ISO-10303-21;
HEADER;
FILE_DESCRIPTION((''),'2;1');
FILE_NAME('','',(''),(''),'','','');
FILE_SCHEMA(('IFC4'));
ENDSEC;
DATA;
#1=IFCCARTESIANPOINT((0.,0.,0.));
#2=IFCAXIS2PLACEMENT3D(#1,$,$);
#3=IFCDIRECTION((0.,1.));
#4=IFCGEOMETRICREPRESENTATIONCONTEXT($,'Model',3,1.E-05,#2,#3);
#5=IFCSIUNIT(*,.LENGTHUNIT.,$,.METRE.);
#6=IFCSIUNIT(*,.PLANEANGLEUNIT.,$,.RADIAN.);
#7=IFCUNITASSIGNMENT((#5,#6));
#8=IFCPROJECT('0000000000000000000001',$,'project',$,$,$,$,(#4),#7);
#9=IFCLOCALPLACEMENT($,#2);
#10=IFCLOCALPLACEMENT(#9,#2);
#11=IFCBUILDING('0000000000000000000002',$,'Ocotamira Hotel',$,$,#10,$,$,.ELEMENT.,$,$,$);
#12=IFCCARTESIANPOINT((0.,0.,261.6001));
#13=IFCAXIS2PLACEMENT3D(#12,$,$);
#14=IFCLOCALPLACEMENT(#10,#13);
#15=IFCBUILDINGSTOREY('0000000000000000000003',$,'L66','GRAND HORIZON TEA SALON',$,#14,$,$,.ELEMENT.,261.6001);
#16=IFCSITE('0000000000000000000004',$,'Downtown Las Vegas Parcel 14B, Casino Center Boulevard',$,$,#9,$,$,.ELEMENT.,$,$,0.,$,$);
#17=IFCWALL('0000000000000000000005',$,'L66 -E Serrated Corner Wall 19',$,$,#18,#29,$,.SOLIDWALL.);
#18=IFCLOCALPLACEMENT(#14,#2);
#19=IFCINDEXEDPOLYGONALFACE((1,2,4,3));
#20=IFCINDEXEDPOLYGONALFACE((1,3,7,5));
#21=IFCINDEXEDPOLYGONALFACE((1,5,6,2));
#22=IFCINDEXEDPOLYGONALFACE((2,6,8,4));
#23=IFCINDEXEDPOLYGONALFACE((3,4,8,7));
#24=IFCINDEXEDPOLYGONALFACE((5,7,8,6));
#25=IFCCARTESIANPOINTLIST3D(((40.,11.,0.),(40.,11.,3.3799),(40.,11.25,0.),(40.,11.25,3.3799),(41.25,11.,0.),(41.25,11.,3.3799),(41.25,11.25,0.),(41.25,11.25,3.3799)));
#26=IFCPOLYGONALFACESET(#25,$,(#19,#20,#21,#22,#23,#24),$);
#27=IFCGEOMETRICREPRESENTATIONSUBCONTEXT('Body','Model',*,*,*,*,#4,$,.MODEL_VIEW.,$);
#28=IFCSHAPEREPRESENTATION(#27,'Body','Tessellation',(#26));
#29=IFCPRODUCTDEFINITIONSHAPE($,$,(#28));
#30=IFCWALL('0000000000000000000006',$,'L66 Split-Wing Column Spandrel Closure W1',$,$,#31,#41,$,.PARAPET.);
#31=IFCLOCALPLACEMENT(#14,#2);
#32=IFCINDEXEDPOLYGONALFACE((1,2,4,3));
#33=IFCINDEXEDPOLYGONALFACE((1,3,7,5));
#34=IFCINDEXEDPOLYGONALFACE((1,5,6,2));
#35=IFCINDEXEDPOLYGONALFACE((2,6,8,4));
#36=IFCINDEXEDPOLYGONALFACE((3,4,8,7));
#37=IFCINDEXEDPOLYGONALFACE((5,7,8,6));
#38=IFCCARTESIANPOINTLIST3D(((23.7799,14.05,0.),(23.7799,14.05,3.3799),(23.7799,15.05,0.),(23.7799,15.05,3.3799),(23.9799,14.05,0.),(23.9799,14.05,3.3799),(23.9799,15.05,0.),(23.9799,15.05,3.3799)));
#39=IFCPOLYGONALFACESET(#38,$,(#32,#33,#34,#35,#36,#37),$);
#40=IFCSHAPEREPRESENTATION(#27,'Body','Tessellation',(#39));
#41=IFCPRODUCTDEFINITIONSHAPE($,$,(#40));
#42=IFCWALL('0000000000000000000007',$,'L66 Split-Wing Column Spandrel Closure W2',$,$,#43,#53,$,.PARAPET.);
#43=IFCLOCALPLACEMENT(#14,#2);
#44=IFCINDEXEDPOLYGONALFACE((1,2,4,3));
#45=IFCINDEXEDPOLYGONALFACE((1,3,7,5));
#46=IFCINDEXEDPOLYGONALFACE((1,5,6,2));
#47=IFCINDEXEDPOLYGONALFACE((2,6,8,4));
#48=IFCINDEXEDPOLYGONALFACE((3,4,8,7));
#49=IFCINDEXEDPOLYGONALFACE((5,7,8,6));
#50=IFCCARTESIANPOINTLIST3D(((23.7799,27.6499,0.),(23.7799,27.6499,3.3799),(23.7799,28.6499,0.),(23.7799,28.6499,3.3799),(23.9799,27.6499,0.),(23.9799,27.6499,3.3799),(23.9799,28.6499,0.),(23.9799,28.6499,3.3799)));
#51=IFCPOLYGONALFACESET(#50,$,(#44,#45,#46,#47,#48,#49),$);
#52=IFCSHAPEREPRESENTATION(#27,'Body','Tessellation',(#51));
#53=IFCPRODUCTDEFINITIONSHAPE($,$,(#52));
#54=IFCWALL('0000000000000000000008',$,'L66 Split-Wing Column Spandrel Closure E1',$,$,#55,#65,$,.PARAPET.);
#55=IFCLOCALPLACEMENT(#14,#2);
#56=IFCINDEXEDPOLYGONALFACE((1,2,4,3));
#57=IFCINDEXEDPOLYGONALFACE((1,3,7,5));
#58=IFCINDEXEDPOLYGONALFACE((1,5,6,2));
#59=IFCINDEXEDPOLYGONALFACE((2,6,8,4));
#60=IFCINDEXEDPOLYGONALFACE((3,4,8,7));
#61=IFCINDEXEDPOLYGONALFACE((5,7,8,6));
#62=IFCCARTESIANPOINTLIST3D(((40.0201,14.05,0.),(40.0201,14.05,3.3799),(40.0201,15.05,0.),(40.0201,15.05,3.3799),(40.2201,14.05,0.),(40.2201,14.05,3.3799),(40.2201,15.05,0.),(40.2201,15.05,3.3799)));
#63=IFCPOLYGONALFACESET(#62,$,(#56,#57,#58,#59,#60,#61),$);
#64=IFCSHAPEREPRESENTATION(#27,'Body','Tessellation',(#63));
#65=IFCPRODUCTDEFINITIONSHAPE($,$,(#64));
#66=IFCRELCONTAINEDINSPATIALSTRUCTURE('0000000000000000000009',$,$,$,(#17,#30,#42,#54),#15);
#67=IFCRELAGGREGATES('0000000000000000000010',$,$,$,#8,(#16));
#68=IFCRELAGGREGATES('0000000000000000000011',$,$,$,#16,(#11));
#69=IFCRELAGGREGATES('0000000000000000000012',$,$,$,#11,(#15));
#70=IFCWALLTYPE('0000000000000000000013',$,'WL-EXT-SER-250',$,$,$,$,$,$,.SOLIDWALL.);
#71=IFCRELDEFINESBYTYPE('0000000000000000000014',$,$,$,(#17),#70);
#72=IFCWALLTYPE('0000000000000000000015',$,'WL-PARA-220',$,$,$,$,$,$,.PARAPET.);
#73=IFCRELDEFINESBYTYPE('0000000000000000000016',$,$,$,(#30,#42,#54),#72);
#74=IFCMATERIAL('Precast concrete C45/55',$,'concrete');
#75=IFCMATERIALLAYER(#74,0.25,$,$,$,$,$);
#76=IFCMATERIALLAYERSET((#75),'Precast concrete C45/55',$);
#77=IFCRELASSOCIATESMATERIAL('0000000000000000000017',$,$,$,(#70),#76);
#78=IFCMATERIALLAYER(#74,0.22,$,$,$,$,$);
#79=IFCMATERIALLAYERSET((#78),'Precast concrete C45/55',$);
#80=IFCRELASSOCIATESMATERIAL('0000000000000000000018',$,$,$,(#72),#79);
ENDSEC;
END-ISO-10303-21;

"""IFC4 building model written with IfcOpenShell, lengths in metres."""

from ifc_helpers import new_model, si_unit, direction, frame, frame_2d, origin, place, context, subcontext, project, spatial, rectangle, extrude, material, layer, layer_set, type_object, element, save


model = new_model("IFC4")

# Units and contexts
model_context = context("Model", 3, precision=1e-05, world=origin(), true_north=direction((0.0, 1.0)))
body_context = subcontext(model_context, "Body", "Model", "MODEL_VIEW")
ifc_project = project(units=[si_unit("LENGTHUNIT", "METRE"), si_unit("PLANEANGLEUNIT", "RADIAN")], contexts=[model_context])

# Site, building, storey
site_placement = place(None, origin())
site = spatial("IfcSite", under=ifc_project, at=site_placement, Name="Downtown Las Vegas Parcel 14B, Casino Center Boulevard", CompositionType="ELEMENT", RefElevation=0.0)
building_placement = place(site_placement, origin())
building = spatial("IfcBuilding", under=site, at=building_placement, Name="Ocotamira Hotel", CompositionType="ELEMENT")
storey_placement = place(building_placement, frame((0.0, 0.0, 261.6001)))
storey = spatial("IfcBuildingStorey", under=building, at=storey_placement, Name="L66", Description="GRAND HORIZON TEA SALON", CompositionType="ELEMENT", Elevation=261.6001)

# Walls
ifc_material_1 = material(Name="Precast concrete C45/55", Category="concrete")
ifc_layer_1 = layer(ifc_material_1, 0.25)
ifc_layer_set_1 = layer_set([ifc_layer_1], Name="Precast concrete C45/55")
wall_type_1 = type_object("IfcWallType", Name="WL-EXT-SER-250", PredefinedType="SOLIDWALL", material=ifc_layer_set_1)
wall_placement = place(storey_placement, frame((40.0, 11.125, 0.0), z_axis=(0.0, 0.0, 1.0), x_axis=(1.0, 0.0, 0.0)))
element("IfcWall", 1, at=wall_placement, inside=storey, type_object=wall_type_1, Name="L66 -E Serrated Corner Wall 19", PredefinedType="SOLIDWALL", context=body_context, shape_type="SweptSolid", body=[
    extrude(rectangle(XDim=1.25, YDim=0.25, at=frame_2d((0.625, 0.0))), origin(), (0.0, 0.0, 1.0), 3.3799),
])
ifc_layer_2 = layer(ifc_material_1, 0.22)
ifc_layer_set_2 = layer_set([ifc_layer_2], Name="Precast concrete C45/55")
wall_type_2 = type_object("IfcWallType", Name="WL-PARA-220", PredefinedType="PARAPET", material=ifc_layer_set_2)
for number, where, z_axis, x_axis, name in (
    (2, (23.8799, 14.05, 0.0), (0.0, 0.0, 1.0), (0.0, 1.0, 0.0), "L66 Split-Wing Column Spandrel Closure W1"),
    (3, (23.8799, 27.6499, 0.0), (0.0, 0.0, 1.0), (0.0, 1.0, 0.0), "L66 Split-Wing Column Spandrel Closure W2"),
    (4, (40.1201, 14.05, 0.0), (0.0, 0.0, 1.0), (0.0, 1.0, 0.0), "L66 Split-Wing Column Spandrel Closure E1"),
):
    element("IfcWall", number, at=place(storey_placement, frame(where, z_axis=z_axis, x_axis=x_axis)), inside=storey, type_object=wall_type_2, Name=name, PredefinedType="PARAPET", context=body_context, shape_type="SweptSolid", body=[
        extrude(rectangle(XDim=1.0, YDim=0.2, at=frame_2d((0.5, 0.0))), origin(), (0.0, 0.0, 1.0), 3.3799),
    ])

save(model, "model.ifc")
